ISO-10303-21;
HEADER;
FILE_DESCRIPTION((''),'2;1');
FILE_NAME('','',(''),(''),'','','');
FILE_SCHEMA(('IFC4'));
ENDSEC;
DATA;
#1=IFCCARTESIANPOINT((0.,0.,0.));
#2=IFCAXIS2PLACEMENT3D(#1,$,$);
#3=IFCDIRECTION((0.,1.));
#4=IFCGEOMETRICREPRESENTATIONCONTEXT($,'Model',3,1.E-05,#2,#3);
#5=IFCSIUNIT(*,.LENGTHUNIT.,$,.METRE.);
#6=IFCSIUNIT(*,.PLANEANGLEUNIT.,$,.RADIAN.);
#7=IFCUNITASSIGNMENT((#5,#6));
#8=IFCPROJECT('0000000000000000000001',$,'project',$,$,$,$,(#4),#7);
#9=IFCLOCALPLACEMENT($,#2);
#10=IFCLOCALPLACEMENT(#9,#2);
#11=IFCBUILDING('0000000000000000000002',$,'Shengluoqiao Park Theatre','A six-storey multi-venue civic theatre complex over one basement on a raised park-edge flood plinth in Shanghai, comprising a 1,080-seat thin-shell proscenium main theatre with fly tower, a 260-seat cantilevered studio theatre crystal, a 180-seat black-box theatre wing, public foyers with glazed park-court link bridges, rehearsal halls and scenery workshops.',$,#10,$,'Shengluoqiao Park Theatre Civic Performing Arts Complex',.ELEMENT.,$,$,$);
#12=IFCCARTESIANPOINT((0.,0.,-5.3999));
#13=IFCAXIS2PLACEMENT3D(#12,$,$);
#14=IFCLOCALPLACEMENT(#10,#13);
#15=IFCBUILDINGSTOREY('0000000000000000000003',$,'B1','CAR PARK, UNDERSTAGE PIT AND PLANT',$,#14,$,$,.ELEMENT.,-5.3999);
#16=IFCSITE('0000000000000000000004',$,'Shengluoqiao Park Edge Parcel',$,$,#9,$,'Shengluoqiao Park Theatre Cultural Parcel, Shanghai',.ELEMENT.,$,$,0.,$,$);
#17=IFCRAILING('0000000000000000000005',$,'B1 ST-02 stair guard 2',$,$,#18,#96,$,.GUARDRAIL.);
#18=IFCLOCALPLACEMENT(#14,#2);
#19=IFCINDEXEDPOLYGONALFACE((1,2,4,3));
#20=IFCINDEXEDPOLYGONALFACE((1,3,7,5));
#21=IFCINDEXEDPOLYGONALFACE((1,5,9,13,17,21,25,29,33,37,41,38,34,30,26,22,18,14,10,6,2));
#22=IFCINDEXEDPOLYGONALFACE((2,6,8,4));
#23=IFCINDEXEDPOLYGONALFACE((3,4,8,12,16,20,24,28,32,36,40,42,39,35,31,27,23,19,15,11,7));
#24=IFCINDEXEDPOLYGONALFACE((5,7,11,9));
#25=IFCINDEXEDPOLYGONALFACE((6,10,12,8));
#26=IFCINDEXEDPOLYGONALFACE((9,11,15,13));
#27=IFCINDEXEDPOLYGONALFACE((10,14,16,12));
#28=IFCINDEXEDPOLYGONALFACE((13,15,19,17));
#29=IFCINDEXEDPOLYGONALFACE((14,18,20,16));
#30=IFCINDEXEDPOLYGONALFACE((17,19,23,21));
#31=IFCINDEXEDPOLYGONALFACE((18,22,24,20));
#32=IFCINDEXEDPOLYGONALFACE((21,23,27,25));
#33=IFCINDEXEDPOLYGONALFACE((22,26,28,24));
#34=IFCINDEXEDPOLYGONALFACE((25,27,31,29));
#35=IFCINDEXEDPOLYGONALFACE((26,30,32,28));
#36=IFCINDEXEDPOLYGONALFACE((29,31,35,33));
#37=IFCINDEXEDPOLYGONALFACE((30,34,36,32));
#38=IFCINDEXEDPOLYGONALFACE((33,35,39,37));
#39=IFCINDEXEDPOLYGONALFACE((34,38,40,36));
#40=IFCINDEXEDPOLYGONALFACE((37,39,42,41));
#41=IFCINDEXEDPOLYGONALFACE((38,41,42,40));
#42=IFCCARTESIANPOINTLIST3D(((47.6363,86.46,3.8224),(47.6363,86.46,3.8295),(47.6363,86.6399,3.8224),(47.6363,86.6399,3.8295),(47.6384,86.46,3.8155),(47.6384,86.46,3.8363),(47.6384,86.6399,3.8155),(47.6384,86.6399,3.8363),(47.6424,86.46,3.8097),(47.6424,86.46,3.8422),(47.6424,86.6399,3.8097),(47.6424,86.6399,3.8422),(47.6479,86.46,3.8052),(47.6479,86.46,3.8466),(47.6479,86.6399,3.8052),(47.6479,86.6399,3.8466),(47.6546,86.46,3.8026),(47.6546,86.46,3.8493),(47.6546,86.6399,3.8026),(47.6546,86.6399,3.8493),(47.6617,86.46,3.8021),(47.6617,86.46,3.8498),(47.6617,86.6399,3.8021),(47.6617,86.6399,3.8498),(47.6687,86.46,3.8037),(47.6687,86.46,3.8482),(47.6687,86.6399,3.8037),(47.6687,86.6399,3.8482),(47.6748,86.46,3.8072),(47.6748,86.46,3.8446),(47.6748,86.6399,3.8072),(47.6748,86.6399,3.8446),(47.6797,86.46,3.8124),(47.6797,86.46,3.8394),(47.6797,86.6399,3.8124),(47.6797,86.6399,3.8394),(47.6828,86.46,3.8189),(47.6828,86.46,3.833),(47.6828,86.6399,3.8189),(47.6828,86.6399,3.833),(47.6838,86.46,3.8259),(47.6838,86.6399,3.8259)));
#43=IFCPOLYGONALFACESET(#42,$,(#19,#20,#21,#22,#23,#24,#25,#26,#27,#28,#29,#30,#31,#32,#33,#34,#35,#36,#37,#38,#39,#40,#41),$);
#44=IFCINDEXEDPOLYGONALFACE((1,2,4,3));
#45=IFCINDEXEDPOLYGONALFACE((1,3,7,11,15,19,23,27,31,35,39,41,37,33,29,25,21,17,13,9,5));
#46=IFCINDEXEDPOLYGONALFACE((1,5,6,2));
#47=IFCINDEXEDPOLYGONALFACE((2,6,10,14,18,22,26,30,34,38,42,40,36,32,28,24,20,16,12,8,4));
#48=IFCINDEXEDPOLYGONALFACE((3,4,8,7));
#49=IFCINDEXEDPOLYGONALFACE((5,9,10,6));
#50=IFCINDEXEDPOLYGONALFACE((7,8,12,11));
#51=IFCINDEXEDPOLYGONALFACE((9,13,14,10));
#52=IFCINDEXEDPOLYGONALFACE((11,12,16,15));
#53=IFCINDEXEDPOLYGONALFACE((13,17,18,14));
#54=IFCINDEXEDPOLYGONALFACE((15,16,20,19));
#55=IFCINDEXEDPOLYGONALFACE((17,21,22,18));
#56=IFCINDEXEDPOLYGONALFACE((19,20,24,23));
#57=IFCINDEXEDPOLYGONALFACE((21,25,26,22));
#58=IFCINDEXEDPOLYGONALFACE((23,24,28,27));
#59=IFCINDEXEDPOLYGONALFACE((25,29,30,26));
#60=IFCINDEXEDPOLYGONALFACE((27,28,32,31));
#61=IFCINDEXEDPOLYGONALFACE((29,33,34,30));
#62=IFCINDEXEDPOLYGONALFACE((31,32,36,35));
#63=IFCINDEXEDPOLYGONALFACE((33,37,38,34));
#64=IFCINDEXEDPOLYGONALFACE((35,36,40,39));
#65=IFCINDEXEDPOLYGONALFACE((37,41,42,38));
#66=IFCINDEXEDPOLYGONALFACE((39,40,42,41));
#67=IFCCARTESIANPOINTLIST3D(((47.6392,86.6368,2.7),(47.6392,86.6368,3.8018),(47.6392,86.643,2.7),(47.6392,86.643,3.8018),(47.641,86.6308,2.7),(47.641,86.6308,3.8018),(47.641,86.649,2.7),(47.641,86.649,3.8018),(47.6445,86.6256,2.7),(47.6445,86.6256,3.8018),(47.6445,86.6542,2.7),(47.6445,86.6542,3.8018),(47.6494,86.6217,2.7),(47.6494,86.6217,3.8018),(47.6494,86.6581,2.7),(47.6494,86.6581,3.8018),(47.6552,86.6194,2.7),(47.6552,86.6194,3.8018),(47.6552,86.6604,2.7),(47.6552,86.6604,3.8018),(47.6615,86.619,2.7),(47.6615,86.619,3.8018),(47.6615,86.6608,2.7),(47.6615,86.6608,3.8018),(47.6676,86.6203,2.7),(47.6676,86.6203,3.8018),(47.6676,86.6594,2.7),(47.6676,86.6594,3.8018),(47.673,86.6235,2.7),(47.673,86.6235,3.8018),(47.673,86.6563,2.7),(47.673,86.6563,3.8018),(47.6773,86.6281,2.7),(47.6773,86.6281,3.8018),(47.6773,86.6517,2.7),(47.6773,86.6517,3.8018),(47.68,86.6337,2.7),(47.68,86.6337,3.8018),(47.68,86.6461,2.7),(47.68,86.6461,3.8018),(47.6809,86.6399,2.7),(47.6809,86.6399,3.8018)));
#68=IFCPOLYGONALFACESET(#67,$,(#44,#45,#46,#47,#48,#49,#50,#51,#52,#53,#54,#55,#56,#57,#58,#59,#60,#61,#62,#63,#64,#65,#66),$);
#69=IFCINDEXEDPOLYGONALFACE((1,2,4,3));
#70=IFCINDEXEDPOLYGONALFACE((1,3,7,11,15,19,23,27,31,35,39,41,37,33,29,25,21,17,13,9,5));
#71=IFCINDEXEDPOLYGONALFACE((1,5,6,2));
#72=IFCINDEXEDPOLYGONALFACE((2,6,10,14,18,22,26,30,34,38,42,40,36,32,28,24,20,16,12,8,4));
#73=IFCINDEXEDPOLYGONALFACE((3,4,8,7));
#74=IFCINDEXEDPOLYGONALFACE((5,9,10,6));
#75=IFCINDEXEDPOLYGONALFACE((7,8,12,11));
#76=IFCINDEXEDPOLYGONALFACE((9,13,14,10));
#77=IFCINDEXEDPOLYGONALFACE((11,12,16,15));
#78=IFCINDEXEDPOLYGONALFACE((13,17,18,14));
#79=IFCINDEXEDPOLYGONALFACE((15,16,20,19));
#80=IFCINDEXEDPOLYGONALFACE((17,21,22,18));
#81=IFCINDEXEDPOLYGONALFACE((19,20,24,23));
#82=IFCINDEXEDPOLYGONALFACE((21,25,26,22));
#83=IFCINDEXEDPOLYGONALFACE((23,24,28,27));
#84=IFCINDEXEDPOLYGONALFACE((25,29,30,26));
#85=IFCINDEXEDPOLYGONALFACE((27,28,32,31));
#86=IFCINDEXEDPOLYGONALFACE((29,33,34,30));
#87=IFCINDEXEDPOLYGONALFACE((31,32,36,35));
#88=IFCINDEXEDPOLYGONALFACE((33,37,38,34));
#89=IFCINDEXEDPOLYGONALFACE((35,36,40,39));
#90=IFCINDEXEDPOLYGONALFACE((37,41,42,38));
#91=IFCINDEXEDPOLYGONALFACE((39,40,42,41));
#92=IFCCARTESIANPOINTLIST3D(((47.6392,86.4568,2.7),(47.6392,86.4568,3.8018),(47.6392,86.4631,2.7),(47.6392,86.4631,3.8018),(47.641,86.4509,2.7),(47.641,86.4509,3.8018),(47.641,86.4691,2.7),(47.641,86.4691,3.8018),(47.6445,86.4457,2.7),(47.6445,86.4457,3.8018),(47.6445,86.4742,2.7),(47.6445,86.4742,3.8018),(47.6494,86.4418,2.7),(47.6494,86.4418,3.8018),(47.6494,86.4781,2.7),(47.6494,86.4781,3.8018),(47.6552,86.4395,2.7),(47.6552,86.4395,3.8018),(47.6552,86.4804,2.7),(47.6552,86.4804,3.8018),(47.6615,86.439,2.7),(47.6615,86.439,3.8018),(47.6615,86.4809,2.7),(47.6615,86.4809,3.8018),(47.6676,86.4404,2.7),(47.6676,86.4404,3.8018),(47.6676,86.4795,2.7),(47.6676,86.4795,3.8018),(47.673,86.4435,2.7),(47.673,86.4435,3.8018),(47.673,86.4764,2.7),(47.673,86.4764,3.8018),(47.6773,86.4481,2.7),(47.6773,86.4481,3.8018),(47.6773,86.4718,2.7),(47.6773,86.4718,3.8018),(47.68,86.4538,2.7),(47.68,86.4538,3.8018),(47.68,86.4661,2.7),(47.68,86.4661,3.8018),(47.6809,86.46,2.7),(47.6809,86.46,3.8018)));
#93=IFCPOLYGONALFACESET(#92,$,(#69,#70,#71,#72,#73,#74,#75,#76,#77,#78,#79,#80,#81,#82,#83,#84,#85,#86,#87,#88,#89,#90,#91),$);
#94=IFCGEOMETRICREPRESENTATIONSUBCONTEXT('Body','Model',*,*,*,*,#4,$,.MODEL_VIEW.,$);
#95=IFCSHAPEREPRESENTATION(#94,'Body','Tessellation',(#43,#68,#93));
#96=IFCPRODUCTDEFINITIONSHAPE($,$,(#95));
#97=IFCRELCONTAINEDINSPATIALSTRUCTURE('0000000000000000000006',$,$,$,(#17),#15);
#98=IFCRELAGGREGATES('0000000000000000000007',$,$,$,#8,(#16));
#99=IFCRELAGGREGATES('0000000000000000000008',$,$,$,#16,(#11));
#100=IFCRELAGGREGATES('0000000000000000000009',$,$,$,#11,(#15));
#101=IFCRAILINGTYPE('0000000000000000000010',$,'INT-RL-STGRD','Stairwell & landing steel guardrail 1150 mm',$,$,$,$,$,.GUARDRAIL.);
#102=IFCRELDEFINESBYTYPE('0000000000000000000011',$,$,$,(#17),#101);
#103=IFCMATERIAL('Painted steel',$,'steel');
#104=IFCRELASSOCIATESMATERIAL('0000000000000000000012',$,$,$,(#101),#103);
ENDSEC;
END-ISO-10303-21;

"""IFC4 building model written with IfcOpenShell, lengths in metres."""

from ifc_helpers import new_model, si_unit, direction, frame, origin, origin_2d, place, context, subcontext, project, spatial, circle, extrude, material, type_object, element, save


model = new_model("IFC4")

# Units and contexts
model_context = context("Model", 3, precision=1e-05, world=origin(), true_north=direction((0.0, 1.0)))
body_context = subcontext(model_context, "Body", "Model", "MODEL_VIEW")
ifc_project = project(units=[si_unit("LENGTHUNIT", "METRE"), si_unit("PLANEANGLEUNIT", "RADIAN")], contexts=[model_context])

# Site, building, storey
site_placement = place(None, origin())
site = spatial("IfcSite", under=ifc_project, at=site_placement, Name="Shengluoqiao Park Edge Parcel", LongName="Shengluoqiao Park Theatre Cultural Parcel, Shanghai", CompositionType="ELEMENT", RefElevation=0.0)
building_placement = place(site_placement, origin())
building = spatial("IfcBuilding", under=site, at=building_placement, Name="Shengluoqiao Park Theatre", Description="A six-storey multi-venue civic theatre complex over one basement on a raised park-edge flood plinth in Shanghai, comprising a 1,080-seat thin-shell proscenium main theatre with fly tower, a 260-seat cantilevered studio theatre crystal, a 180-seat black-box theatre wing, public foyers with glazed park-court link bridges, rehearsal halls and scenery workshops.", LongName="Shengluoqiao Park Theatre Civic Performing Arts Complex", CompositionType="ELEMENT")
storey_placement = place(building_placement, frame((0.0, 0.0, -5.3999)))
storey = spatial("IfcBuildingStorey", under=building, at=storey_placement, Name="B1", Description="CAR PARK, UNDERSTAGE PIT AND PLANT", CompositionType="ELEMENT", Elevation=-5.3999)

# Railing
ifc_material_1 = material(Name="Painted steel", Category="steel")
railing_type_1 = type_object("IfcRailingType", Name="INT-RL-STGRD", Description="Stairwell & landing steel guardrail 1150 mm", PredefinedType="GUARDRAIL", material=ifc_material_1)
railing_1_placement = place(storey_placement, frame((47.6599, 86.6399, 2.7)))
element("IfcRailing", 1, at=railing_1_placement, inside=storey, type_object=railing_type_1, Name="B1 ST-02 stair guard 2", PredefinedType="GUARDRAIL", context=body_context, shape_type="SweptSolid", body=[
    extrude(circle(Radius=0.0239, at=origin_2d()), frame((0.0, 0.0, 1.126), z_axis=(0.0, -1.0, 0.0), x_axis=(1.0, 0.0, 0.0)), (0.0, 0.0, 1.0), 0.1799),
    extrude(circle(Radius=0.021, at=origin_2d()), origin(), (0.0, 0.0, 1.0), 1.1018),
    extrude(circle(Radius=0.021, at=origin_2d()), frame((0.0, -0.1799, 0.0)), (0.0, 0.0, 1.0), 1.1018),
])

save(model, "model.ifc")
